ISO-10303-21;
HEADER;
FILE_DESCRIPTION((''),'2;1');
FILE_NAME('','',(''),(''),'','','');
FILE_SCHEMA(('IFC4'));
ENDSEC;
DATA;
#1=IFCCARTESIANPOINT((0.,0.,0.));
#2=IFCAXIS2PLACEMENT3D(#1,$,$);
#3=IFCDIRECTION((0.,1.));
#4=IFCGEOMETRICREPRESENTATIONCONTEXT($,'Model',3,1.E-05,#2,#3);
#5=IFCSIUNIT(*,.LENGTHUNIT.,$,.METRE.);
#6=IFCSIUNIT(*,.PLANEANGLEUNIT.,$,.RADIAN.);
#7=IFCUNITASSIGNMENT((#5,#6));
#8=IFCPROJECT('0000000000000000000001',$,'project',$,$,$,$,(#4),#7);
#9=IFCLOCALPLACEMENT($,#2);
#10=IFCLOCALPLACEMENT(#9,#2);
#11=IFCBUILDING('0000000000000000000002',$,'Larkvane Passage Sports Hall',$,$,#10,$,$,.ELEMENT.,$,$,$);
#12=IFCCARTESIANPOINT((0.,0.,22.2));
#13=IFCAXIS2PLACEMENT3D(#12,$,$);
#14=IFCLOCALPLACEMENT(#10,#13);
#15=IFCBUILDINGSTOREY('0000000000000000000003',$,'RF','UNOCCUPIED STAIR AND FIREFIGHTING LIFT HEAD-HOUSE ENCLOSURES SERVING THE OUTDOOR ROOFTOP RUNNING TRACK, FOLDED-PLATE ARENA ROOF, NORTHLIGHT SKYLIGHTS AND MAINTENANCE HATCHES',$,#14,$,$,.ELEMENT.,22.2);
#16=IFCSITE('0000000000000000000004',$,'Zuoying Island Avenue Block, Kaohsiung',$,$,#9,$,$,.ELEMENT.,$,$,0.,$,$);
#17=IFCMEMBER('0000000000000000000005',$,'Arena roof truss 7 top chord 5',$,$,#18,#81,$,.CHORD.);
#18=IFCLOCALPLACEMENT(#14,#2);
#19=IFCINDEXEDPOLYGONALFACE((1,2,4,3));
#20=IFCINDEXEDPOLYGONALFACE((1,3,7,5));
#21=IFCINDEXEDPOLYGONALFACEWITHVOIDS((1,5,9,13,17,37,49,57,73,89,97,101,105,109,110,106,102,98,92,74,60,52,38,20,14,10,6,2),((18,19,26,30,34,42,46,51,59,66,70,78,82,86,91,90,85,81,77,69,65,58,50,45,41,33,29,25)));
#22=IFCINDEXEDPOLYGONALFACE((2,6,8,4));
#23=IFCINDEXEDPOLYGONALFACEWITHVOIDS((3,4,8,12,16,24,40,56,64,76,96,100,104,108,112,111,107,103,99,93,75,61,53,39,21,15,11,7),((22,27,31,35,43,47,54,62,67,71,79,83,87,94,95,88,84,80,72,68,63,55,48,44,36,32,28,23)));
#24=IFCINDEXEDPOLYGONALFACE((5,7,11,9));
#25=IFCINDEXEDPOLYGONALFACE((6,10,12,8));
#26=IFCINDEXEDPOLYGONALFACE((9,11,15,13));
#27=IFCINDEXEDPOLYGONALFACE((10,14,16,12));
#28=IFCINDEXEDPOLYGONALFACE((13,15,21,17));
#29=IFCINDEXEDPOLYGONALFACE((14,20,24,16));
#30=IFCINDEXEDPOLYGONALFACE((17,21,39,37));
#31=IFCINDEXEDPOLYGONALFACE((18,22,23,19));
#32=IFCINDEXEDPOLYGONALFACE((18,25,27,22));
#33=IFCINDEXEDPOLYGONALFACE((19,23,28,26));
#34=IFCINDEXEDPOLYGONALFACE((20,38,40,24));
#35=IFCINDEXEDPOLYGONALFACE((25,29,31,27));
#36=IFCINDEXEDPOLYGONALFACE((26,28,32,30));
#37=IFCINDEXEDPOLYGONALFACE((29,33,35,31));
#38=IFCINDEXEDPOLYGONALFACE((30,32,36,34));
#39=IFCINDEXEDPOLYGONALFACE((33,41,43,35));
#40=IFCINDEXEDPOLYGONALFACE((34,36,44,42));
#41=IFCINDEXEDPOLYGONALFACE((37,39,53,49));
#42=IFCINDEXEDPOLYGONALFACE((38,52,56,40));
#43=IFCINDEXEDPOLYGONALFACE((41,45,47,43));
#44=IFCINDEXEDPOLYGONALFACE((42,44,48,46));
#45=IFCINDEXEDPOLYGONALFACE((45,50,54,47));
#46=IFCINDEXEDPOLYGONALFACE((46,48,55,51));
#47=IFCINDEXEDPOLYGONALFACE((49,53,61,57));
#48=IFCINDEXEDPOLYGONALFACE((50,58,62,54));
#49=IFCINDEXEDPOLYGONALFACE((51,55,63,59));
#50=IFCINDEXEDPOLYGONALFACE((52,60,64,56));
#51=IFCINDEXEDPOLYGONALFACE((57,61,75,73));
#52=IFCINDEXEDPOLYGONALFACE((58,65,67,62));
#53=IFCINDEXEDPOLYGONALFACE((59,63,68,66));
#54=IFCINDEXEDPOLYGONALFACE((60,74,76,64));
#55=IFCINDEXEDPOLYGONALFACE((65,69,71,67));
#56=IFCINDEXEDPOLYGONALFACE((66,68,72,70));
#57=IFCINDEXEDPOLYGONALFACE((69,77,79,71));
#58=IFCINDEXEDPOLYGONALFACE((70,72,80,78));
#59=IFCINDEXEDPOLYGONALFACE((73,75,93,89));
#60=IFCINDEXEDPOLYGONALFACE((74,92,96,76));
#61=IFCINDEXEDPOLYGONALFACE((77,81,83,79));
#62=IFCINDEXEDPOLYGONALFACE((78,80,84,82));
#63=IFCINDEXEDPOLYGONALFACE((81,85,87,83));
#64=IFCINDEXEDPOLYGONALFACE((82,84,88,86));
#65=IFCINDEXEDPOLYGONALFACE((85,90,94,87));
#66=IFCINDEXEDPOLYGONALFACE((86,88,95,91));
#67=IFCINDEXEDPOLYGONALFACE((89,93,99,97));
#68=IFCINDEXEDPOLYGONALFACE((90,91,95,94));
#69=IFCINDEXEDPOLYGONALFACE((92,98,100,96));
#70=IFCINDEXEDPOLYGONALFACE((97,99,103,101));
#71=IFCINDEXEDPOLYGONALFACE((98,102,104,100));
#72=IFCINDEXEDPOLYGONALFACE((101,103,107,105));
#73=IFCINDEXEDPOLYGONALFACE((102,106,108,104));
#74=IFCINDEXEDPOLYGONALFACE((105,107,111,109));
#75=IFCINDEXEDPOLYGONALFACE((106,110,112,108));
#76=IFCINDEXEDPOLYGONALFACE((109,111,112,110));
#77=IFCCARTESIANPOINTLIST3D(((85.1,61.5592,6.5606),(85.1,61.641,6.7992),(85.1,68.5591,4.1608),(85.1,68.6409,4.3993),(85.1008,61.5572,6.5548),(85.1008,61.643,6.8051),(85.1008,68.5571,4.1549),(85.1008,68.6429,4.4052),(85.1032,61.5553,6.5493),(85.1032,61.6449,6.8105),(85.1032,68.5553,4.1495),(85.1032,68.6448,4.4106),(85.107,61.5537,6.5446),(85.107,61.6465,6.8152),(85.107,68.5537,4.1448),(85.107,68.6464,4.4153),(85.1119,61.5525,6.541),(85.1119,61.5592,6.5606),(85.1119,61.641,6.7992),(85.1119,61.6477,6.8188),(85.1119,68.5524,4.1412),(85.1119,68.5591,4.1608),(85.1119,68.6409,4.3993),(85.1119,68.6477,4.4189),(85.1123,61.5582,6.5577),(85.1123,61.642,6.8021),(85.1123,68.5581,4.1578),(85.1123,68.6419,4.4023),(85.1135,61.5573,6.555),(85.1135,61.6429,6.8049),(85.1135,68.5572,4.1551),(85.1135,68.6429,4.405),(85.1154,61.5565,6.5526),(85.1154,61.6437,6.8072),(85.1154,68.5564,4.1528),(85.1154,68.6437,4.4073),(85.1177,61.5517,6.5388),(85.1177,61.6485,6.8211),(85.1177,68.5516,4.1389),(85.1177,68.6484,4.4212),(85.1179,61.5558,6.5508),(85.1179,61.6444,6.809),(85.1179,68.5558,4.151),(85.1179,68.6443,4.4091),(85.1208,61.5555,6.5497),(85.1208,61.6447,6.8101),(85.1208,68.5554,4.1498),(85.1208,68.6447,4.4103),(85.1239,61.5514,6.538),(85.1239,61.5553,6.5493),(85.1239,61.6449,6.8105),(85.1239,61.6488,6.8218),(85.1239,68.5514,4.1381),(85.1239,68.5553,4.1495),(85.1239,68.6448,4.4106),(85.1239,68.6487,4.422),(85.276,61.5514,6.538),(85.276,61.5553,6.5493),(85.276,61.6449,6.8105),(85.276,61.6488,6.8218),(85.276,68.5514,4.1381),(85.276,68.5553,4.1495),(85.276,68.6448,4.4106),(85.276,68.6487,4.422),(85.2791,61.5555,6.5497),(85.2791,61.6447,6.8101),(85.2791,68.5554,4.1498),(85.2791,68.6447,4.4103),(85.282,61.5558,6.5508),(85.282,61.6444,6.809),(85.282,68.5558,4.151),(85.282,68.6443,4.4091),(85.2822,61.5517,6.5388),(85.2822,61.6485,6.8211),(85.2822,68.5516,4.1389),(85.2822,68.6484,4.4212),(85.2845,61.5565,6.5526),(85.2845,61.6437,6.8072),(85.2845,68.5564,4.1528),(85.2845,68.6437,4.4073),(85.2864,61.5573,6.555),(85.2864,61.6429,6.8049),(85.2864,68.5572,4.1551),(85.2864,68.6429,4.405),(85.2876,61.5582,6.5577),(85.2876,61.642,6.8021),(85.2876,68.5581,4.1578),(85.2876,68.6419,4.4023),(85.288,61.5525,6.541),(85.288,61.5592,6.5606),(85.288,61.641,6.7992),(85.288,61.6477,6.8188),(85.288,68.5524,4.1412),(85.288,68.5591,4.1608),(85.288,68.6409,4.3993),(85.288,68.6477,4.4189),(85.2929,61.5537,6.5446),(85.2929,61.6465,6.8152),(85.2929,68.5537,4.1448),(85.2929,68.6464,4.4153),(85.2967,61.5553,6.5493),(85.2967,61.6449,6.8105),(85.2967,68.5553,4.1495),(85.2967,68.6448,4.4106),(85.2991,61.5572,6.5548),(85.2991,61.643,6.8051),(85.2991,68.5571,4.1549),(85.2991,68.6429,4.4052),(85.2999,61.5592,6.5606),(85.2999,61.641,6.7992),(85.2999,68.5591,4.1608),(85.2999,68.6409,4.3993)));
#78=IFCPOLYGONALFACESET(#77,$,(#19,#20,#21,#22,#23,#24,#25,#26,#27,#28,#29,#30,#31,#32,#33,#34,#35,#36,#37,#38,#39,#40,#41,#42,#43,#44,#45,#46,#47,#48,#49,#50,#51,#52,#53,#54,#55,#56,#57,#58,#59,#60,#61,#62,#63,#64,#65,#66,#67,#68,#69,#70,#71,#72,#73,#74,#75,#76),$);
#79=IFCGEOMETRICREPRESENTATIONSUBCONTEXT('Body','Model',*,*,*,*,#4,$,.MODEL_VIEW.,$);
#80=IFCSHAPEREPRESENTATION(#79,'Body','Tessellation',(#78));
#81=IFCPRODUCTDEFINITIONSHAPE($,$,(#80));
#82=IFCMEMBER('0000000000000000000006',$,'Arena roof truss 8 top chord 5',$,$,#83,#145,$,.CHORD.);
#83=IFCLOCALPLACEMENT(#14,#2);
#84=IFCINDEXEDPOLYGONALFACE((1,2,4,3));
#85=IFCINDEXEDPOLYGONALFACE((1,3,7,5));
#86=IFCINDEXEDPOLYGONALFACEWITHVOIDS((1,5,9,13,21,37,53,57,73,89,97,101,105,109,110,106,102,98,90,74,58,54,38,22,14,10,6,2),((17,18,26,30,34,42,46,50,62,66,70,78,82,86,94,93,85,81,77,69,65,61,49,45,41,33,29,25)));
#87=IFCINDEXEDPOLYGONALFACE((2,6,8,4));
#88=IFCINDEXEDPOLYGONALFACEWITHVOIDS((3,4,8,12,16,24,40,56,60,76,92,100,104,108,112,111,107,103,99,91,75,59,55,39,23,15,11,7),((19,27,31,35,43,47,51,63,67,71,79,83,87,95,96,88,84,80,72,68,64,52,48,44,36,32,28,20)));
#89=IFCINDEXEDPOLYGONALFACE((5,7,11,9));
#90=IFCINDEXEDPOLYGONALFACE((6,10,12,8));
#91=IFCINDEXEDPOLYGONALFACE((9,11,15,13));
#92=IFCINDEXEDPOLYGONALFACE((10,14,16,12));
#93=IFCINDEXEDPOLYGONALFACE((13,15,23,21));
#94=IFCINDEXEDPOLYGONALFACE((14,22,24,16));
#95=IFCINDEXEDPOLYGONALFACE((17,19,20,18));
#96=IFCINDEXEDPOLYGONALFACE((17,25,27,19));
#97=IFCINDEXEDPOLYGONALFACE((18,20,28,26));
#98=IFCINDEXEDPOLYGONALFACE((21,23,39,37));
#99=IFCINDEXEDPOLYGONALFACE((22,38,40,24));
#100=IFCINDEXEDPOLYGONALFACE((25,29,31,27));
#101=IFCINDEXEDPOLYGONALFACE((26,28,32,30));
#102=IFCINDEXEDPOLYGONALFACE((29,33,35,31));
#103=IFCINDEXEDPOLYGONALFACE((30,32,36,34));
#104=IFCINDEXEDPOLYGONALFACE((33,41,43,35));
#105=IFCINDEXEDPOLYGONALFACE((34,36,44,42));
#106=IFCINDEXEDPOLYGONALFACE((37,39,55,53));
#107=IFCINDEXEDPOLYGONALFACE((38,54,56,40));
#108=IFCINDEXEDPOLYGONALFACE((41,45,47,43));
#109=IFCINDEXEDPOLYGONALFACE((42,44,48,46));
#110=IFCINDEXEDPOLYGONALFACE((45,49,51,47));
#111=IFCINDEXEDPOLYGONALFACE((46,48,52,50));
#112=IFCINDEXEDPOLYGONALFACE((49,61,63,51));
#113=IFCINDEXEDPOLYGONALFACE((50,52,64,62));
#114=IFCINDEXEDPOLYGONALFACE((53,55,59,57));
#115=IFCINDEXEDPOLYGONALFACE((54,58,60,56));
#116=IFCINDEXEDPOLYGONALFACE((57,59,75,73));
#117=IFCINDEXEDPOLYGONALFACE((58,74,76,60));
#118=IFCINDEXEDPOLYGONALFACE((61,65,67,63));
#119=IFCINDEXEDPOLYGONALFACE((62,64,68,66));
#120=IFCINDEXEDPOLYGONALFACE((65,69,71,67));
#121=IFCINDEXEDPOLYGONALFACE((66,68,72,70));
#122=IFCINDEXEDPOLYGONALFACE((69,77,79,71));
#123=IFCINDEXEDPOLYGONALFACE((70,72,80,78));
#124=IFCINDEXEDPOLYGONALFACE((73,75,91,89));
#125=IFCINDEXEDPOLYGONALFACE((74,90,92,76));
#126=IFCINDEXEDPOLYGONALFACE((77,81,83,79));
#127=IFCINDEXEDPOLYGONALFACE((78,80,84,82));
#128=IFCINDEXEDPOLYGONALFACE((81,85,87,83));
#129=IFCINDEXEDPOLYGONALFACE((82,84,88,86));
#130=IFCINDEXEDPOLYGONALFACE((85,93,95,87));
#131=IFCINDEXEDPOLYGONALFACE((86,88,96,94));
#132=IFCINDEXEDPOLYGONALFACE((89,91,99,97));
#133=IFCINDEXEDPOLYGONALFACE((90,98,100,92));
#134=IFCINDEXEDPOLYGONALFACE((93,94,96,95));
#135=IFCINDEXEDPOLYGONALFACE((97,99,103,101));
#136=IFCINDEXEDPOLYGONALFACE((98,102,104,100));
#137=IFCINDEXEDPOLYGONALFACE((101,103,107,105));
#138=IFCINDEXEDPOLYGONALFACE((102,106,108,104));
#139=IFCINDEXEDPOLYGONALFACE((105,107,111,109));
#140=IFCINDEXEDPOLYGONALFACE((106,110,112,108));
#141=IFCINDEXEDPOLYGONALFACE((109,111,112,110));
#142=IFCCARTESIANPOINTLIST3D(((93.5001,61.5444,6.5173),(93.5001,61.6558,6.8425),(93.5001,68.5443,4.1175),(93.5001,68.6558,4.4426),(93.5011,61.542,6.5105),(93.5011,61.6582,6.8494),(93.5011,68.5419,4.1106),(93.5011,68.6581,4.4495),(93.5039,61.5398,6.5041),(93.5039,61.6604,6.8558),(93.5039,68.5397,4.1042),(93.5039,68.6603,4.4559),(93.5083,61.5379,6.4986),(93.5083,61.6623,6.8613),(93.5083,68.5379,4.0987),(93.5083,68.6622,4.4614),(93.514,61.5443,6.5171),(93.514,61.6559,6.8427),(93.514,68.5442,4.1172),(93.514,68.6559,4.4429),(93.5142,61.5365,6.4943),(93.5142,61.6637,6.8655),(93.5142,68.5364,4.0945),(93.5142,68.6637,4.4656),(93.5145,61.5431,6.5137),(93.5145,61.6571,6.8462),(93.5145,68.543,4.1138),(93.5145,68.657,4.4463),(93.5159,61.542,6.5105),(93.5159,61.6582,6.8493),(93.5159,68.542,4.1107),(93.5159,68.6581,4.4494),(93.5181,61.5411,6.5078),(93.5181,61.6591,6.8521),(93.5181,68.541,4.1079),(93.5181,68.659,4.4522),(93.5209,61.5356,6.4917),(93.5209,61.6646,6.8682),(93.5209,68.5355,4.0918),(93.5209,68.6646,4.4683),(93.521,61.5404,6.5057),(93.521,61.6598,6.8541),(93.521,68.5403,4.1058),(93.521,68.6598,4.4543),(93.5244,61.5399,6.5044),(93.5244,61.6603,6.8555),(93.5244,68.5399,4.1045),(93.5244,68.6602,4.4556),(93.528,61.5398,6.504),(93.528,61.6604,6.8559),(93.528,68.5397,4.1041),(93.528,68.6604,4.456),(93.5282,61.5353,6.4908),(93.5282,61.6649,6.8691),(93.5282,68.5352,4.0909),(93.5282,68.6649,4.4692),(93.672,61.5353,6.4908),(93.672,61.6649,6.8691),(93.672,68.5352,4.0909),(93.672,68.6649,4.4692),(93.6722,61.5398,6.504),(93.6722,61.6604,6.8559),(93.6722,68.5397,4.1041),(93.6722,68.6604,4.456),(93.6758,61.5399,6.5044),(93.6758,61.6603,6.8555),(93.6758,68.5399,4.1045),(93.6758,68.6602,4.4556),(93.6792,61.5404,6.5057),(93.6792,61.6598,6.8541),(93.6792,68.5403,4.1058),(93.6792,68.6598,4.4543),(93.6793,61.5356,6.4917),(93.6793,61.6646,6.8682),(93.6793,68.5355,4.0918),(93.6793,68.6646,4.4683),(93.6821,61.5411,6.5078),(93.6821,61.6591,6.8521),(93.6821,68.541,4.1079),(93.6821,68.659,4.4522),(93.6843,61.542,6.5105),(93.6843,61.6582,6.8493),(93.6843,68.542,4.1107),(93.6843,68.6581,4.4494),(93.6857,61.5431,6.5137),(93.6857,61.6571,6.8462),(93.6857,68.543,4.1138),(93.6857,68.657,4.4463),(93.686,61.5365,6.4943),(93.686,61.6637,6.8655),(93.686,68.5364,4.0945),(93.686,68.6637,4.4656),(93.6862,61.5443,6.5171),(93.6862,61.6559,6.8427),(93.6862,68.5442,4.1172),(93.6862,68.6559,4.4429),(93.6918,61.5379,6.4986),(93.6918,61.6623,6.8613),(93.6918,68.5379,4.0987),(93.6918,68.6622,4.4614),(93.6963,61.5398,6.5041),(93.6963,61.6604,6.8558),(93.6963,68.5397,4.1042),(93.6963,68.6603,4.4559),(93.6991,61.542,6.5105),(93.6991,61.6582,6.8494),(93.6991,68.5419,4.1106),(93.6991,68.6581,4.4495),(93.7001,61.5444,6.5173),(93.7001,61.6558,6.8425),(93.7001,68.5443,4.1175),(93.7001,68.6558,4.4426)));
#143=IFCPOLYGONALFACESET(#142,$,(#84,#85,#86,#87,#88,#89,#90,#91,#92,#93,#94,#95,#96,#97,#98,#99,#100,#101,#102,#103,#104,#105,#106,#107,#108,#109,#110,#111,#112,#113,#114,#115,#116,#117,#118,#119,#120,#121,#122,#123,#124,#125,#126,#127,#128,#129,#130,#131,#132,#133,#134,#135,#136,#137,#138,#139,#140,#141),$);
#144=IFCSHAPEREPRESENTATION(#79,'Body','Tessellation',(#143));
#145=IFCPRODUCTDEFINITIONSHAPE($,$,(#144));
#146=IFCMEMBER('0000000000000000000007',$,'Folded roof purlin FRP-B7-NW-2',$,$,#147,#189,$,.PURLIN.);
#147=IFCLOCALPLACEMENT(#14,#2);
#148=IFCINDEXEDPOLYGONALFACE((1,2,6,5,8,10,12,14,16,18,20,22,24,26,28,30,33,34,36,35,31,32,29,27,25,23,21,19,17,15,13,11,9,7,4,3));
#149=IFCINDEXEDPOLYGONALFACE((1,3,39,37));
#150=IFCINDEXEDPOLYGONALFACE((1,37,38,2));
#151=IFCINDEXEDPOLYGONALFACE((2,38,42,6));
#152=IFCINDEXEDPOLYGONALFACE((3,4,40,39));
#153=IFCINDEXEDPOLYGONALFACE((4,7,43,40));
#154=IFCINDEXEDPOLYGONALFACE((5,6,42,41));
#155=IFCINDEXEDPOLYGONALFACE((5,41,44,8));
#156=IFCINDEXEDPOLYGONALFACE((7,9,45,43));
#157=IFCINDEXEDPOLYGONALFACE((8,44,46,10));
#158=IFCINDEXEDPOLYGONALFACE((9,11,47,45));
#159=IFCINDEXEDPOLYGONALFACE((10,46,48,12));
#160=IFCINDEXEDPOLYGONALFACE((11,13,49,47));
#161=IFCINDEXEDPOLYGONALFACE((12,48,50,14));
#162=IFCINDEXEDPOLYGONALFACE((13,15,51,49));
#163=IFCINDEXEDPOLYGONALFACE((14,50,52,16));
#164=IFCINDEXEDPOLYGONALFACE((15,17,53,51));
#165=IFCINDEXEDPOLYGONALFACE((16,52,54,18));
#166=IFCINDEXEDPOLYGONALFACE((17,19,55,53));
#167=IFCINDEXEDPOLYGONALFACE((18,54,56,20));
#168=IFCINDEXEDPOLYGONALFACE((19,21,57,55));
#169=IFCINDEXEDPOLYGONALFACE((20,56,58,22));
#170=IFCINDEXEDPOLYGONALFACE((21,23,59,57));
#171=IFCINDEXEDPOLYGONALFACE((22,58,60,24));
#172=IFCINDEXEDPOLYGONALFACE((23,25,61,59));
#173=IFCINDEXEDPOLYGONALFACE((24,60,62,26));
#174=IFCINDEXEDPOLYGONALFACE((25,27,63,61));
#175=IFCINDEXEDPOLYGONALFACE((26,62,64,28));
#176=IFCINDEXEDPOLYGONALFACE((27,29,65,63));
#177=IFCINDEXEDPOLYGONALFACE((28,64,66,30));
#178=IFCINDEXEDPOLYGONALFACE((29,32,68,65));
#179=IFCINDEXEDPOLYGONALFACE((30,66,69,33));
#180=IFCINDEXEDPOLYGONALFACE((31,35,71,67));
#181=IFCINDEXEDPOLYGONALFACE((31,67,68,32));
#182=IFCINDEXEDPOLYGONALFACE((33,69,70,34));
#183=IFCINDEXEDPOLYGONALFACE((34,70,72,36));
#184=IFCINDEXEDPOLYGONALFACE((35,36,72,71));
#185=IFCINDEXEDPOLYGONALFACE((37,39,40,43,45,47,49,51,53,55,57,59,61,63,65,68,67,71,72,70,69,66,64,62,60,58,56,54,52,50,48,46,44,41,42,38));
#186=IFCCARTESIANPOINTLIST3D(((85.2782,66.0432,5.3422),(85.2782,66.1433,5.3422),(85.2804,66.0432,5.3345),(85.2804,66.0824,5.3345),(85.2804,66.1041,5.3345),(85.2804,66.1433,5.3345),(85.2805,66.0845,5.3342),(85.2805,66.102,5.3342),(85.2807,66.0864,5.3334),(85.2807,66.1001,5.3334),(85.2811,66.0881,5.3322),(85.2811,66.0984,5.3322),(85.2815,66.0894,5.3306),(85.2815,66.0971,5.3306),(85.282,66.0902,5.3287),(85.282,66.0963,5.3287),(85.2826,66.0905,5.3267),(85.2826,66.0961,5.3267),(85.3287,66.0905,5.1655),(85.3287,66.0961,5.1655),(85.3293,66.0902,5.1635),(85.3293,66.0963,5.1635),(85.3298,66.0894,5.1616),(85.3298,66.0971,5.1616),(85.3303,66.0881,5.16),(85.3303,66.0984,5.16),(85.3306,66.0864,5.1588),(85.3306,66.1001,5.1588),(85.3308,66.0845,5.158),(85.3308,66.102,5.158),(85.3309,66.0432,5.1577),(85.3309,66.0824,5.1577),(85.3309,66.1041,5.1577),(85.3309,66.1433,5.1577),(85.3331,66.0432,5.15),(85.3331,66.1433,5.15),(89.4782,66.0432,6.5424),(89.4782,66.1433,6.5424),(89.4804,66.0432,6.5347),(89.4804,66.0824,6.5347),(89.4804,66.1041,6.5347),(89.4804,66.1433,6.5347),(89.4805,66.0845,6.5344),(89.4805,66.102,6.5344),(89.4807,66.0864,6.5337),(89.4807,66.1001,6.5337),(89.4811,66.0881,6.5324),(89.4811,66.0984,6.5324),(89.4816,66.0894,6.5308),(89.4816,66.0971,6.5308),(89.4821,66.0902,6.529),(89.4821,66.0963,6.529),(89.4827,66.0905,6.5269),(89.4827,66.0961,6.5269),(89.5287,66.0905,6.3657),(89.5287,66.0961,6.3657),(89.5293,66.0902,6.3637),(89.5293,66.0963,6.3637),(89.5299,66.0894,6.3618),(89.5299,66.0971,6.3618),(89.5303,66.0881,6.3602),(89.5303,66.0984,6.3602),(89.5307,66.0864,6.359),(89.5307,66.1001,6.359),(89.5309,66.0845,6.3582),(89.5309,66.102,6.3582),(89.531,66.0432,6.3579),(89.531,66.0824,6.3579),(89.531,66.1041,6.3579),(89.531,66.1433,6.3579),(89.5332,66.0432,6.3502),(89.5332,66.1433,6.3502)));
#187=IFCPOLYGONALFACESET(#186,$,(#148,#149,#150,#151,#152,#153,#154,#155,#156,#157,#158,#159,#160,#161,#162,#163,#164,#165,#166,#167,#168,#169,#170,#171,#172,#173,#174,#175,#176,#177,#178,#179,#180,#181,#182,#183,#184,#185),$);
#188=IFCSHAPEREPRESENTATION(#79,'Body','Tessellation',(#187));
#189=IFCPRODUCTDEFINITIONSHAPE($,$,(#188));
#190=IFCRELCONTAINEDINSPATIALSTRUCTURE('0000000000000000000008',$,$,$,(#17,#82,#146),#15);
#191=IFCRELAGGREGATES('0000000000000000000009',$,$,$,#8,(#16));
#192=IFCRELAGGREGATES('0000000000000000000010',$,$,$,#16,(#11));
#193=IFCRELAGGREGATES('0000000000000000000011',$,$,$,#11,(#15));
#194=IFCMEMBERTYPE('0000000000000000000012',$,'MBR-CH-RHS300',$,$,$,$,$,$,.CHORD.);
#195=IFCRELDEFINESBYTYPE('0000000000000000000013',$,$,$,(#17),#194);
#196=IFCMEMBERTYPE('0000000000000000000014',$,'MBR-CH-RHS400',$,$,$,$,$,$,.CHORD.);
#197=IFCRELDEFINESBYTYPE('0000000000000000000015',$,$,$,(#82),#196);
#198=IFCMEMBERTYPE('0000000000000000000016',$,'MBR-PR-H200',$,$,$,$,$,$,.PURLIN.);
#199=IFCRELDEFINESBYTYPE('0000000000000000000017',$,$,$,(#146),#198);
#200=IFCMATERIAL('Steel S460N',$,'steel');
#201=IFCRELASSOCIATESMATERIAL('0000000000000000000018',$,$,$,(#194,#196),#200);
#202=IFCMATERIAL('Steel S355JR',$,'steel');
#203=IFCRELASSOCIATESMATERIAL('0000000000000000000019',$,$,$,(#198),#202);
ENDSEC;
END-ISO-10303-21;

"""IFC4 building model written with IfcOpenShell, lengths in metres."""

from ifc_helpers import new_model, si_unit, direction, frame, origin, origin_2d, place, context, subcontext, project, spatial, hollow_rectangle, i_section, extrude, material, material_profile, profile_set, type_object, element, save


model = new_model("IFC4")

# Units and contexts
model_context = context("Model", 3, precision=1e-05, world=origin(), true_north=direction((0.0, 1.0)))
body_context = subcontext(model_context, "Body", "Model", "MODEL_VIEW")
ifc_project = project(units=[si_unit("LENGTHUNIT", "METRE"), si_unit("PLANEANGLEUNIT", "RADIAN")], contexts=[model_context])

# Site, building, storey
site_placement = place(None, origin())
site = spatial("IfcSite", under=ifc_project, at=site_placement, Name="Zuoying Island Avenue Block, Kaohsiung", CompositionType="ELEMENT", RefElevation=0.0)
building_placement = place(site_placement, origin())
building = spatial("IfcBuilding", under=site, at=building_placement, Name="Larkvane Passage Sports Hall", CompositionType="ELEMENT")
storey_placement = place(building_placement, frame((0.0, 0.0, 22.2)))
storey = spatial("IfcBuildingStorey", under=building, at=storey_placement, Name="RF", Description="UNOCCUPIED STAIR AND FIREFIGHTING LIFT HEAD-HOUSE ENCLOSURES SERVING THE OUTDOOR ROOFTOP RUNNING TRACK, FOLDED-PLATE ARENA ROOF, NORTHLIGHT SKYLIGHTS AND MAINTENANCE HATCHES", CompositionType="ELEMENT", Elevation=22.2)

# Members
ifc_material_1 = material(Name="Steel S355JR", Category="steel")
ifc_material_2 = material(Name="Steel S460N", Category="steel")
ifc_material_profile_1 = material_profile(ifc_material_2, hollow_rectangle(XDim=0.2, YDim=0.3, WallThickness=0.012, InnerFilletRadius=0.012, OuterFilletRadius=0.0239, at=origin_2d()), Name="RHS-300x200x12")
ifc_profile_set_1 = profile_set([ifc_material_profile_1], Name="Steel S460N")
member_type_1 = type_object("IfcMemberType", Name="MBR-CH-RHS300", PredefinedType="CHORD", material=ifc_profile_set_1)
member_1_placement = place(storey_placement, frame((85.2, 61.6001, 6.6799), z_axis=(0.0, 0.94595, -0.324313), x_axis=(-1.0, 0.0, 0.0)))
element("IfcMember", 1, at=member_1_placement, inside=storey, type_object=member_type_1, Name="Arena roof truss 7 top chord 5", PredefinedType="CHORD", context=body_context, shape_type="SweptSolid", body=[
    extrude(hollow_rectangle(XDim=0.2, YDim=0.3, WallThickness=0.012, InnerFilletRadius=0.012, OuterFilletRadius=0.0239, at=origin_2d()), origin(), (0.0, 0.0, 1.0), 7.3999),
])
ifc_material_profile_2 = material_profile(ifc_material_2, hollow_rectangle(XDim=0.2, YDim=0.3999, WallThickness=0.0139, InnerFilletRadius=0.0139, OuterFilletRadius=0.0281, at=origin_2d()), Name="RHS-400x200x14")
ifc_profile_set_2 = profile_set([ifc_material_profile_2], Name="Steel S460N")
member_type_2 = type_object("IfcMemberType", Name="MBR-CH-RHS400", PredefinedType="CHORD", material=ifc_profile_set_2)
member_2_placement = place(storey_placement, frame((93.6001, 61.6001, 6.6799), z_axis=(0.0, 0.94595, -0.324313), x_axis=(-1.0, 0.0, 0.0)))
element("IfcMember", 2, at=member_2_placement, inside=storey, type_object=member_type_2, Name="Arena roof truss 8 top chord 5", PredefinedType="CHORD", context=body_context, shape_type="SweptSolid", body=[
    extrude(hollow_rectangle(XDim=0.2, YDim=0.3999, WallThickness=0.0139, InnerFilletRadius=0.0139, OuterFilletRadius=0.0281, at=origin_2d()), origin(), (0.0, 0.0, 1.0), 7.3999),
])
ifc_material_profile_3 = material_profile(ifc_material_1, i_section(OverallWidth=0.1001, OverallDepth=0.2, WebThickness=0.0056, FlangeThickness=0.0081, FilletRadius=0.0081, at=origin_2d()), Name="H-200x100x5.5x8")
ifc_profile_set_3 = profile_set([ifc_material_profile_3], Name="Steel S355JR")
member_type_3 = type_object("IfcMemberType", Name="MBR-PR-H200", PredefinedType="PURLIN", material=ifc_profile_set_3)
for number, where, z_axis, x_axis, name in (
    (3, (85.3057, 66.0933, 5.2461), (0.961511, 0.0, 0.274765), (0.0, 1.0, 0.0), "Folded roof purlin FRP-B7-NW-2"),
):
    element("IfcMember", number, at=place(storey_placement, frame(where, z_axis=z_axis, x_axis=x_axis)), inside=storey, type_object=member_type_3, Name=name, PredefinedType="PURLIN", context=body_context, shape_type="SweptSolid", body=[
        extrude(i_section(OverallWidth=0.1001, OverallDepth=0.2, WebThickness=0.0056, FlangeThickness=0.0081, FilletRadius=0.0081, at=origin_2d()), origin(), (0.0, 0.0, 1.0), 4.3682),
    ])

save(model, "model.ifc")
